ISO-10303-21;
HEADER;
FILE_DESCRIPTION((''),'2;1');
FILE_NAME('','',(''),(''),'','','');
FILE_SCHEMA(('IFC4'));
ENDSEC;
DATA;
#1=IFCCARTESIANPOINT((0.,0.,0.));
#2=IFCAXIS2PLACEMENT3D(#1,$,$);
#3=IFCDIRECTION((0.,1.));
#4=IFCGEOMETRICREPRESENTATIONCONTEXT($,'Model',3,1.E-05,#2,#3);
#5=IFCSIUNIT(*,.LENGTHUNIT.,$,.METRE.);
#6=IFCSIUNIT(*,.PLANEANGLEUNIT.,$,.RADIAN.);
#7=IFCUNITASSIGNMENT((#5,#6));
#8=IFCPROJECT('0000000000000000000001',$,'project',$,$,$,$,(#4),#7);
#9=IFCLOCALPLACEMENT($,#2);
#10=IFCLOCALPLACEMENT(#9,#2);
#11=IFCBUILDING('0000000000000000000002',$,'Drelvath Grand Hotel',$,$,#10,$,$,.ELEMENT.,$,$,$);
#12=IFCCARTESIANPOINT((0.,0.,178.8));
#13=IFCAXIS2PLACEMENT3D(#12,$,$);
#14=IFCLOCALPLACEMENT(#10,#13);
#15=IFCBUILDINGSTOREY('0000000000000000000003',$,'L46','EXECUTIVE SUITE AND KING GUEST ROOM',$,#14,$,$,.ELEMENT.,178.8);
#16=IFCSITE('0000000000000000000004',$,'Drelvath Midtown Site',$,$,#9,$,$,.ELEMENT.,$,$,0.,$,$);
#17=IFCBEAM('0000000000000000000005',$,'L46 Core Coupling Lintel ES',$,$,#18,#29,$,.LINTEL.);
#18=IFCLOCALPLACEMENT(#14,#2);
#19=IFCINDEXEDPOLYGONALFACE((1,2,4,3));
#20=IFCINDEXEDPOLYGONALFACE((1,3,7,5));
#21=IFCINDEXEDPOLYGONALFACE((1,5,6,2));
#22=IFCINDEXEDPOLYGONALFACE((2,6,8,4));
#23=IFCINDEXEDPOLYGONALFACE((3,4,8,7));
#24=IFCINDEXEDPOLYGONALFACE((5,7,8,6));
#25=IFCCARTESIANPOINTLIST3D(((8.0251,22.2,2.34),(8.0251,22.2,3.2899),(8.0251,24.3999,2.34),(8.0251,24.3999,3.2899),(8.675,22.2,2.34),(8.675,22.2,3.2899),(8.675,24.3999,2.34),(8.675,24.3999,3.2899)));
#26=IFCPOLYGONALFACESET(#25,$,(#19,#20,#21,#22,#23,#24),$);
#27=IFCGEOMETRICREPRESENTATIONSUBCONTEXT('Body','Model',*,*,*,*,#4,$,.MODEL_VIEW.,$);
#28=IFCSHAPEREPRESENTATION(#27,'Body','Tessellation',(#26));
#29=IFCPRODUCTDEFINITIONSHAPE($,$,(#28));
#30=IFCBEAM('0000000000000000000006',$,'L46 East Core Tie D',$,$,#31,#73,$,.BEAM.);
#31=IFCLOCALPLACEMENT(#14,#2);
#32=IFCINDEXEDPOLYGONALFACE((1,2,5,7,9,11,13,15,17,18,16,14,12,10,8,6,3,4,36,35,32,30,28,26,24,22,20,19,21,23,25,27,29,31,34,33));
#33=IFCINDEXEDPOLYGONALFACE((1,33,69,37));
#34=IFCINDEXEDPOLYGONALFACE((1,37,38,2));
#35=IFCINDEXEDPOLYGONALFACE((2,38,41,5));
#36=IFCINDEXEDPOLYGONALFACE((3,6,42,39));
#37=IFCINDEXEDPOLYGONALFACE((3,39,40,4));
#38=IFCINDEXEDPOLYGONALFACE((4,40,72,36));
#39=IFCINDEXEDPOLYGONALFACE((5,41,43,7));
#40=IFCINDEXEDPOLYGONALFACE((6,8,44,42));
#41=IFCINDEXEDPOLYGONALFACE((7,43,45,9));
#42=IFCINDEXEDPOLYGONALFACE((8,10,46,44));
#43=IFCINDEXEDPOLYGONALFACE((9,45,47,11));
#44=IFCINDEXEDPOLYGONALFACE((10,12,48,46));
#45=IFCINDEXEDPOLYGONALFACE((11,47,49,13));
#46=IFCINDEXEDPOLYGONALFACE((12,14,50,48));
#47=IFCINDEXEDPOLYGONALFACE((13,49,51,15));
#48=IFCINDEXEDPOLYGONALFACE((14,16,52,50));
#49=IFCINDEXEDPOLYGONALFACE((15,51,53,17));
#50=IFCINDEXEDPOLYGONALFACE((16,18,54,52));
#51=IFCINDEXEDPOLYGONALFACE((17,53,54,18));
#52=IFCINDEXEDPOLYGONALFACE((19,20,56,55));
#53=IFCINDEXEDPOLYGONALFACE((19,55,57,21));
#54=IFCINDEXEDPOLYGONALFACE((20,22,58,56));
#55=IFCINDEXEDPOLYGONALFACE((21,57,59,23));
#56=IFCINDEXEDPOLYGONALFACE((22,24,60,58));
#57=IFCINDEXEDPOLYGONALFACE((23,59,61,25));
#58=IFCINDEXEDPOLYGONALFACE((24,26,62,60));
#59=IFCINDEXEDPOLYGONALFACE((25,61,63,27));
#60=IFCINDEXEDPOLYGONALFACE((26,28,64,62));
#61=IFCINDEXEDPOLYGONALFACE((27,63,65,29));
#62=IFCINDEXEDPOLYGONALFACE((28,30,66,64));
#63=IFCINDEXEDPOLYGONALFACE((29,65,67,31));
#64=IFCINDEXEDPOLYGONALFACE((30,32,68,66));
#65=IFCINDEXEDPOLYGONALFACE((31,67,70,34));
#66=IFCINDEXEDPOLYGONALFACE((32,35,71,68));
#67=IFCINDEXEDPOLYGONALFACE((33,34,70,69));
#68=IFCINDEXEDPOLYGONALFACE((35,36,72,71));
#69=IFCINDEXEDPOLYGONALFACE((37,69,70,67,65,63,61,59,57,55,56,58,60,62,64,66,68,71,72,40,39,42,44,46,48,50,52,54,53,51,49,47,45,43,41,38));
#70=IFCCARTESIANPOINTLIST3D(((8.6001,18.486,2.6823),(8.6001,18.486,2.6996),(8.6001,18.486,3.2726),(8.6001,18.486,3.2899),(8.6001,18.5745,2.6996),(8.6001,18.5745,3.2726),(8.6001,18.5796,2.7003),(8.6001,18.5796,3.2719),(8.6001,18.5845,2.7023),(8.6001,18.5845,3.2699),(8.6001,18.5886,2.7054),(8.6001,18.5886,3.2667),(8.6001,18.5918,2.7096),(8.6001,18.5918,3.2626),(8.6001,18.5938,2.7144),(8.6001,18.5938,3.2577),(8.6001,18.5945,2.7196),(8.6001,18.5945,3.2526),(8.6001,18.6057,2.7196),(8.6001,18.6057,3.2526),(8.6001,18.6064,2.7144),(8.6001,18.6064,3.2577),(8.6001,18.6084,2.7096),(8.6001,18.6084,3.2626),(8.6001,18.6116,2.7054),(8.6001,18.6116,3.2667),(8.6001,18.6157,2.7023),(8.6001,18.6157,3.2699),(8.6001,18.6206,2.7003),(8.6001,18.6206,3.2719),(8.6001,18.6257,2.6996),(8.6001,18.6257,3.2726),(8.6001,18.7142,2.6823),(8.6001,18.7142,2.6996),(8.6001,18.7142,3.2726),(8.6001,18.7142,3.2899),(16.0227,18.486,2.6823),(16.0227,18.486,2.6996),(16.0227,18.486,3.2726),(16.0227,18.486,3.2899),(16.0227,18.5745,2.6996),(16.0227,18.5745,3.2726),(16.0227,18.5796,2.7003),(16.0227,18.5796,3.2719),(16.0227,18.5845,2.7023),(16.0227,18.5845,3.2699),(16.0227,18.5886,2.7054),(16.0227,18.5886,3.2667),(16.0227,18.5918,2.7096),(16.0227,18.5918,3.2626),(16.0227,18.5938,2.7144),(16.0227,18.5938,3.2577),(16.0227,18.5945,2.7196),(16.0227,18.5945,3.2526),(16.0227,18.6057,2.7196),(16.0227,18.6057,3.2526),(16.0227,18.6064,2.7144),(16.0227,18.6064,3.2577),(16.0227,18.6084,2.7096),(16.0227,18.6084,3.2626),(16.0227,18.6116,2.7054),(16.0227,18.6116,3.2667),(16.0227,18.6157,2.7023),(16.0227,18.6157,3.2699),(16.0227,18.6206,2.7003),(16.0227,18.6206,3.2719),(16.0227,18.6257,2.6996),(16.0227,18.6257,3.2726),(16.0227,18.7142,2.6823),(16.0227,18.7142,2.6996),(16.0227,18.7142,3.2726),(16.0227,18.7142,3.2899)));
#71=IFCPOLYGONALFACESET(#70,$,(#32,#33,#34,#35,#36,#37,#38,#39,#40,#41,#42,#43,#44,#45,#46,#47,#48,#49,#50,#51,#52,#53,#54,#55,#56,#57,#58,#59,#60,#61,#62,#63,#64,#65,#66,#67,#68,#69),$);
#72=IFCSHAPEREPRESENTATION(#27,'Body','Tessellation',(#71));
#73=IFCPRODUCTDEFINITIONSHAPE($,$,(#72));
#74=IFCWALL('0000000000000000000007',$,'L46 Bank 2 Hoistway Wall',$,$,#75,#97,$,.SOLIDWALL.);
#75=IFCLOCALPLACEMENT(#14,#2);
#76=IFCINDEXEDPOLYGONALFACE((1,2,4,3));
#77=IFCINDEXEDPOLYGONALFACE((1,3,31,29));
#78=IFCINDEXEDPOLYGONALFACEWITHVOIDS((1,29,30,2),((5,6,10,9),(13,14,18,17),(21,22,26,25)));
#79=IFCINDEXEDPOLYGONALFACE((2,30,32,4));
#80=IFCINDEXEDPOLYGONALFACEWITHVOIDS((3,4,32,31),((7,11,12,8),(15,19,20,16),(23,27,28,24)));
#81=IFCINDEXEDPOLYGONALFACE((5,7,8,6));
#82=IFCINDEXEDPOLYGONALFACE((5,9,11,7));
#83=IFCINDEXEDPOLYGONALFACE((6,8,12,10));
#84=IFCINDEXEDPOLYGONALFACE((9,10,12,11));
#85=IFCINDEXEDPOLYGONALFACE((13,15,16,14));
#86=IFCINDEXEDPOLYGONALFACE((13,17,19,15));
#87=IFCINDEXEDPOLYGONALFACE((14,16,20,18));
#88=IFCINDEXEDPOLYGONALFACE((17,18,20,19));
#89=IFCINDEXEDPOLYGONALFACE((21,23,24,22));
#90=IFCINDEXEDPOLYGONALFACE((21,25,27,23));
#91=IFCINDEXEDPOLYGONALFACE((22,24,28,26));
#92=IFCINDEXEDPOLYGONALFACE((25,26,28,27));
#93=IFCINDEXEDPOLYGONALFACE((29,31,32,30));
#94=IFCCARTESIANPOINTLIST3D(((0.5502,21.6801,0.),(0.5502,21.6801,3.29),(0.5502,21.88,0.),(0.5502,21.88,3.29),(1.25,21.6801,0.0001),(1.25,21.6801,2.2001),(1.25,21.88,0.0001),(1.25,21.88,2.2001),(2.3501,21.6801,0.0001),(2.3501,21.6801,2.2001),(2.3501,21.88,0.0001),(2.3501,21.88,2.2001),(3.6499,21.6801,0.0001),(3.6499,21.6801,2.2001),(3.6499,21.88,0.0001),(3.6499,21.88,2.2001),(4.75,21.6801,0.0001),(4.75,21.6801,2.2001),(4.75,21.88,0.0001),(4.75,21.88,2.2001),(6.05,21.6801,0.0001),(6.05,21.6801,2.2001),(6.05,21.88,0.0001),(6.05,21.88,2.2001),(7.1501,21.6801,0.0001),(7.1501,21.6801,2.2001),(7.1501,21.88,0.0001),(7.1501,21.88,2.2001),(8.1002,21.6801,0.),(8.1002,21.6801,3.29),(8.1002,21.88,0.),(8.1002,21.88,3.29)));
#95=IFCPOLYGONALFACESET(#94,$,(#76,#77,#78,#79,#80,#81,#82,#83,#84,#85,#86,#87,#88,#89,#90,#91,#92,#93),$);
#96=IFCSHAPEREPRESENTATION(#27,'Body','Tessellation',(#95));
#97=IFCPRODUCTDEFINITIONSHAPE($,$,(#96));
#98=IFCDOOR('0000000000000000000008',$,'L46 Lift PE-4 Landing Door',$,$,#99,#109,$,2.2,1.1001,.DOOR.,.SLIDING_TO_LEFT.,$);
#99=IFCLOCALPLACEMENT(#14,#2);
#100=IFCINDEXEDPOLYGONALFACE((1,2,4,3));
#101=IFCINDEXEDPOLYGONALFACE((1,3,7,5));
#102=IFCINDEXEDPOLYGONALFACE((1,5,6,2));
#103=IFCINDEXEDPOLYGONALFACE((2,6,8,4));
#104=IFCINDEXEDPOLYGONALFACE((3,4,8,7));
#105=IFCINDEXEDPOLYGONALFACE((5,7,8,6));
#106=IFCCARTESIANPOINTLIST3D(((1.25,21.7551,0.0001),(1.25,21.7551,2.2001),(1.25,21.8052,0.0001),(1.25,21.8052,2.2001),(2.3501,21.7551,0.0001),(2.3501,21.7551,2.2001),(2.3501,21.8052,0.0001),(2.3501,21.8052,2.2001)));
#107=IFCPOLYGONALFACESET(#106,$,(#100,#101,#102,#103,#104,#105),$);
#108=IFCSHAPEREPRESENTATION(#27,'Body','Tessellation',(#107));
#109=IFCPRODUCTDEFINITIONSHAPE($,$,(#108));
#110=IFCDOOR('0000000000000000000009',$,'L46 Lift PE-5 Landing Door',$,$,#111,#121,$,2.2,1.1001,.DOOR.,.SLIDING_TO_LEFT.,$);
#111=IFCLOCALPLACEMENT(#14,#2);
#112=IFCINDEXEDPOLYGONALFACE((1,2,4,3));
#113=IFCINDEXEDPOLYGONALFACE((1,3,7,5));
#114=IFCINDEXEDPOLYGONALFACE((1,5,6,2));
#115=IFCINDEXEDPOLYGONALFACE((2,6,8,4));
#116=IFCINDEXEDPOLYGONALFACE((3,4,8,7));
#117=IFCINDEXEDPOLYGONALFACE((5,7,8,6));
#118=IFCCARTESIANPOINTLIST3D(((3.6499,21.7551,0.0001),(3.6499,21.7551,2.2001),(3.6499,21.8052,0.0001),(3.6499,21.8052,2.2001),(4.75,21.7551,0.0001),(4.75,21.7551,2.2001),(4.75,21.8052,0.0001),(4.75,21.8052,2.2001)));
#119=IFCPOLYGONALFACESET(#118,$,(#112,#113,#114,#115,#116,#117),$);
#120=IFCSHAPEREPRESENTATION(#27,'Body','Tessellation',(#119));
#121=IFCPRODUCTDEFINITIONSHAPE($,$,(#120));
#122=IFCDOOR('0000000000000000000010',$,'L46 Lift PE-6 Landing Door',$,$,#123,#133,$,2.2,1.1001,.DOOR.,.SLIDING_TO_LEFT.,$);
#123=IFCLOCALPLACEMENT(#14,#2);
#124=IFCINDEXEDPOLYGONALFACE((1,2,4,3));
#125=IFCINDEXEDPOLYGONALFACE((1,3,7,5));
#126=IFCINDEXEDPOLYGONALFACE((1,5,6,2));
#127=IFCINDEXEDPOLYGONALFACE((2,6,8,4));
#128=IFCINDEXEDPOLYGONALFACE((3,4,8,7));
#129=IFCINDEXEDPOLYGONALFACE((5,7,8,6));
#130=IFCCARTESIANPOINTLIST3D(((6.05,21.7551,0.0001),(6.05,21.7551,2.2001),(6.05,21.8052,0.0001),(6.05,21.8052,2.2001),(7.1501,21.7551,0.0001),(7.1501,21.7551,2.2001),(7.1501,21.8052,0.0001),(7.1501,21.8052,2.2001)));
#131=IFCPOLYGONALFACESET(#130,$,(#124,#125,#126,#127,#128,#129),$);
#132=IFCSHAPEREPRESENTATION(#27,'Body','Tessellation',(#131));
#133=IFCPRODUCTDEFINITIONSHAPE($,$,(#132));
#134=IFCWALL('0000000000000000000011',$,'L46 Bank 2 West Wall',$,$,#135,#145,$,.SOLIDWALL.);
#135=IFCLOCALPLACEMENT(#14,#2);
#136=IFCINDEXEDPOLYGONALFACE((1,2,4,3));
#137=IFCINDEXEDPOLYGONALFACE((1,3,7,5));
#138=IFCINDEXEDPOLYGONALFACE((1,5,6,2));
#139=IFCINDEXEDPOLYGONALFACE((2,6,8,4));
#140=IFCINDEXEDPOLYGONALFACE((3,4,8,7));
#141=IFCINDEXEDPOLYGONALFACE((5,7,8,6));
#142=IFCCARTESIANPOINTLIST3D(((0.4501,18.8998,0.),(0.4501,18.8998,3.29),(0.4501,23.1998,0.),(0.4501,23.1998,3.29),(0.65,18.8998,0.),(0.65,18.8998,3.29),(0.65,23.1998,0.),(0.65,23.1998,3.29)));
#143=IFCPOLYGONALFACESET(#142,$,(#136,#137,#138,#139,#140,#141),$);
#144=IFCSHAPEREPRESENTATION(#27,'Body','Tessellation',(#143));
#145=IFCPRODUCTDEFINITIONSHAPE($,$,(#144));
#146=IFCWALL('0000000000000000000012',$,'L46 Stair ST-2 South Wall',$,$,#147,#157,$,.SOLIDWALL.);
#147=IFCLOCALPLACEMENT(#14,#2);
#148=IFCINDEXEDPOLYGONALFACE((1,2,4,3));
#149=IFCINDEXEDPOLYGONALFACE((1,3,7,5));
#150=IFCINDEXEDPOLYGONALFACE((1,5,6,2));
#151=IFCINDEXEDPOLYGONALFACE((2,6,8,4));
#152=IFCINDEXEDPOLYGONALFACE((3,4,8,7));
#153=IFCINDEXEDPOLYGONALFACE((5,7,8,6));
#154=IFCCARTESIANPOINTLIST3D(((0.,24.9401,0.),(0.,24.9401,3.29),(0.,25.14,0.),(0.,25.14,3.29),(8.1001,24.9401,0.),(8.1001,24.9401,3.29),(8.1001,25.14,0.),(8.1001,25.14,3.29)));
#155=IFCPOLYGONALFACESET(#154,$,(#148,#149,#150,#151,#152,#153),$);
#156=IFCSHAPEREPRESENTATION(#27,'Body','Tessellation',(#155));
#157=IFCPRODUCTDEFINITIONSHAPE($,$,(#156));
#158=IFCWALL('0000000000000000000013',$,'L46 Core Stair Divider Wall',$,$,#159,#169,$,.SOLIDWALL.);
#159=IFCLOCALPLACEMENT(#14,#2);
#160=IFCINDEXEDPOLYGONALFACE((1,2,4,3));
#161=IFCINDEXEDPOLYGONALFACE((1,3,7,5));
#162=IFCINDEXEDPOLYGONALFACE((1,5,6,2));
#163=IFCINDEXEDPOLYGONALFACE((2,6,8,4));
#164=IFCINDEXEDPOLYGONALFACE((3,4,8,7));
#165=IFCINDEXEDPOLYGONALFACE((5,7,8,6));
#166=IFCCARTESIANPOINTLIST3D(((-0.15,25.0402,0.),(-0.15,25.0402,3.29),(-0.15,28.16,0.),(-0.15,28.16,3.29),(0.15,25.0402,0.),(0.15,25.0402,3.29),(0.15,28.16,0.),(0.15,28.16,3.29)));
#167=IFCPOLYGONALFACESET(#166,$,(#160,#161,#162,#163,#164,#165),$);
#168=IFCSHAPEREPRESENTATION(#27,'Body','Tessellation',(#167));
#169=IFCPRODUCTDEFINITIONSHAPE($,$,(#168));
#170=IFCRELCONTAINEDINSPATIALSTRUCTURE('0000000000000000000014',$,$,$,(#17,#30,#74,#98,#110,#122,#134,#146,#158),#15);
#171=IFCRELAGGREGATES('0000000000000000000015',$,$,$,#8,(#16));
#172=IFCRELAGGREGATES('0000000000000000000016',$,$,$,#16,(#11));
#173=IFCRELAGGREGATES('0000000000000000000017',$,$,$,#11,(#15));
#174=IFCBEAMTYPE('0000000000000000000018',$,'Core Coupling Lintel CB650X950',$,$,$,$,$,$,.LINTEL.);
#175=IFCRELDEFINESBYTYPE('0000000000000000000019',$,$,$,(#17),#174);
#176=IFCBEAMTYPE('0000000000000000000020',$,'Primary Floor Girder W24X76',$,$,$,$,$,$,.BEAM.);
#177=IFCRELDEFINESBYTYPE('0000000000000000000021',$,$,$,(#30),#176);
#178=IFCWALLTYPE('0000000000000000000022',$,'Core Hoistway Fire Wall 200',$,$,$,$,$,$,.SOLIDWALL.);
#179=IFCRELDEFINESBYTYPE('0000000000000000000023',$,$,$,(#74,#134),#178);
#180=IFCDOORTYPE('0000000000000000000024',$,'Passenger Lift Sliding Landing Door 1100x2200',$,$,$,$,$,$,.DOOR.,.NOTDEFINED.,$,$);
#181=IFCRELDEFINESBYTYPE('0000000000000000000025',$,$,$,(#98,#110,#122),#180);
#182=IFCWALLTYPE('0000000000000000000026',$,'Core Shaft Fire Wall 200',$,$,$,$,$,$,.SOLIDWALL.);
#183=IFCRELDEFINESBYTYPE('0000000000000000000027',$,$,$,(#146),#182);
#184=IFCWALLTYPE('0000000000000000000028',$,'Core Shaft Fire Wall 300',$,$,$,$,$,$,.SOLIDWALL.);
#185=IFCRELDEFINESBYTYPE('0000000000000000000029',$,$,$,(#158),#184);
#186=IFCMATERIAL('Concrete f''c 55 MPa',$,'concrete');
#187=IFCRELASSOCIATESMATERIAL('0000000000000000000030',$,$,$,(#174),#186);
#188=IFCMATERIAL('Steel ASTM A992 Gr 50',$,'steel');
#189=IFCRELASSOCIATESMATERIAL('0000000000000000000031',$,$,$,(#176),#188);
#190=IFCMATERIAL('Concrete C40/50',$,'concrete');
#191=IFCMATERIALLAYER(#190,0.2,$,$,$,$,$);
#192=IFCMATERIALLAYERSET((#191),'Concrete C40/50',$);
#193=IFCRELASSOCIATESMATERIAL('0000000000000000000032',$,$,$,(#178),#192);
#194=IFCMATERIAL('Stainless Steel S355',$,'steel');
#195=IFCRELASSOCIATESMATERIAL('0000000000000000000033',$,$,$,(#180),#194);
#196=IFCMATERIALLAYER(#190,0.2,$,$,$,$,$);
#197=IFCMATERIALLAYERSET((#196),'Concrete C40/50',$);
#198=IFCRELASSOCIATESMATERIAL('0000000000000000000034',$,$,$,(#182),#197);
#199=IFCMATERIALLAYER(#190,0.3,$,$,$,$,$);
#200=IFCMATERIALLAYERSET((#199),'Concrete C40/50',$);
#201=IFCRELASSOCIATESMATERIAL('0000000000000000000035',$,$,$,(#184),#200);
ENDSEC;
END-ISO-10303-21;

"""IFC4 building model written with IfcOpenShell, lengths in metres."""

from ifc_helpers import new_model, si_unit, direction, frame, frame_2d, origin, origin_2d, place, context, subcontext, project, spatial, rectangle, i_section, extrude, material, layer, layer_set, material_profile, profile_set, type_object, element, fill, save


model = new_model("IFC4")

# Units and contexts
model_context = context("Model", 3, precision=1e-05, world=origin(), true_north=direction((0.0, 1.0)))
body_context = subcontext(model_context, "Body", "Model", "MODEL_VIEW")
ifc_project = project(units=[si_unit("LENGTHUNIT", "METRE"), si_unit("PLANEANGLEUNIT", "RADIAN")], contexts=[model_context])

# Site, building, storey
site_placement = place(None, origin())
site = spatial("IfcSite", under=ifc_project, at=site_placement, Name="Drelvath Midtown Site", CompositionType="ELEMENT", RefElevation=0.0)
building_placement = place(site_placement, origin())
building = spatial("IfcBuilding", under=site, at=building_placement, Name="Drelvath Grand Hotel", CompositionType="ELEMENT")
storey_placement = place(building_placement, frame((0.0, 0.0, 178.8)))
storey = spatial("IfcBuildingStorey", under=building, at=storey_placement, Name="L46", Description="EXECUTIVE SUITE AND KING GUEST ROOM", CompositionType="ELEMENT", Elevation=178.8)

# Beams
ifc_material_1 = material(Name="Concrete f'c 55 MPa", Category="concrete")
ifc_material_profile_1 = material_profile(ifc_material_1, rectangle(XDim=0.6499, YDim=0.95, at=origin_2d()), Name="CB650X950")
ifc_profile_set_1 = profile_set([ifc_material_profile_1], Name="Concrete f'c 55 MPa")
beam_type_1 = type_object("IfcBeamType", Name="Core Coupling Lintel CB650X950", PredefinedType="LINTEL", material=ifc_profile_set_1)
beam_1_placement = place(storey_placement, frame((8.3501, 22.2, 2.8149), z_axis=(0.0, 1.0, 0.0), x_axis=(-1.0, 0.0, 0.0)))
element("IfcBeam", 1, at=beam_1_placement, inside=storey, type_object=beam_type_1, Name="L46 Core Coupling Lintel ES", PredefinedType="LINTEL", context=body_context, shape_type="SweptSolid", body=[
    extrude(rectangle(XDim=0.6499, YDim=0.95, at=origin_2d()), origin(), (0.0, 0.0, 1.0), 2.2),
])
ifc_material_2 = material(Name="Steel ASTM A992 Gr 50", Category="steel")
ifc_material_profile_2 = material_profile(ifc_material_2, i_section(OverallWidth=0.2283, OverallDepth=0.6077, WebThickness=0.0112, FlangeThickness=0.0173, FilletRadius=0.02, at=origin_2d()), Name="W24X76")
ifc_profile_set_2 = profile_set([ifc_material_profile_2], Name="Steel ASTM A992 Gr 50")
beam_type_2 = type_object("IfcBeamType", Name="Primary Floor Girder W24X76", PredefinedType="BEAM", material=ifc_profile_set_2)
beam_2_placement = place(storey_placement, frame((8.6001, 18.6001, 2.9861), z_axis=(1.0, 0.0, 0.0), x_axis=(0.0, 1.0, 0.0)))
element("IfcBeam", 2, at=beam_2_placement, inside=storey, type_object=beam_type_2, Name="L46 East Core Tie D", PredefinedType="BEAM", context=body_context, shape_type="SweptSolid", body=[
    extrude(i_section(OverallWidth=0.2283, OverallDepth=0.6077, WebThickness=0.0112, FlangeThickness=0.0173, FilletRadius=0.02, at=origin_2d()), origin(), (0.0, 0.0, 1.0), 7.4226),
])

# Wall, openings, doors
ifc_material_3 = material(Name="Concrete C40/50", Category="concrete")
ifc_layer_1 = layer(ifc_material_3, 0.2)
ifc_layer_set_1 = layer_set([ifc_layer_1], Name="Concrete C40/50")
wall_type_1 = type_object("IfcWallType", Name="Core Hoistway Fire Wall 200", PredefinedType="SOLIDWALL", material=ifc_layer_set_1)
wall_1_placement = place(storey_placement, frame((8.1001, 21.78, 0.0), z_axis=(0.0, 0.0, 1.0), x_axis=(-1.0, 0.0, 0.0)))
wall_1 = element("IfcWall", 3, at=wall_1_placement, inside=storey, type_object=wall_type_1, Name="L46 Bank 2 Hoistway Wall", PredefinedType="SOLIDWALL", context=body_context, shape_type="SweptSolid", body=[
    extrude(rectangle(XDim=7.55, YDim=0.2, at=frame_2d((3.7749, 0.0))), origin(), (0.0, 0.0, 1.0), 3.29),
])
opening_1_placement = place(wall_1_placement, frame((5.75, 0.0, 0.0)))
opening_1 = element("IfcOpeningElement", 4, at=opening_1_placement, cuts=wall_1, PredefinedType="OPENING", context=body_context, shape_type="SweptSolid", body=[
    extrude(rectangle(XDim=1.1001, YDim=2.2, at=frame_2d((0.55, 1.1001))), frame((0.0, 0.1099, 0.0), z_axis=(0.0, -1.0, 0.0), x_axis=(1.0, 0.0, 0.0)), (0.0, 0.0, 1.0), 0.22),
])
opening_2_placement = place(wall_1_placement, frame((3.3501, 0.0, 0.0)))
opening_2 = element("IfcOpeningElement", 5, at=opening_2_placement, cuts=wall_1, PredefinedType="OPENING", context=body_context, shape_type="SweptSolid", body=[
    extrude(rectangle(XDim=1.1001, YDim=2.2, at=frame_2d((0.55, 1.1001))), frame((0.0, 0.1099, 0.0), z_axis=(0.0, -1.0, 0.0), x_axis=(1.0, 0.0, 0.0)), (0.0, 0.0, 1.0), 0.22),
])
opening_3_placement = place(wall_1_placement, frame((0.95, 0.0, 0.0)))
opening_3 = element("IfcOpeningElement", 6, at=opening_3_placement, cuts=wall_1, PredefinedType="OPENING", context=body_context, shape_type="SweptSolid", body=[
    extrude(rectangle(XDim=1.1001, YDim=2.2, at=frame_2d((0.55, 1.1001))), frame((0.0, 0.1099, 0.0), z_axis=(0.0, -1.0, 0.0), x_axis=(1.0, 0.0, 0.0)), (0.0, 0.0, 1.0), 0.22),
])
ifc_material_4 = material(Name="Stainless Steel S355", Category="steel")
door_type = type_object("IfcDoorType", Name="Passenger Lift Sliding Landing Door 1100x2200", OperationType="NOTDEFINED", PredefinedType="DOOR", material=ifc_material_4)
door_1_placement = place(opening_1_placement, origin())
door_1 = element("IfcDoor", 7, at=door_1_placement, inside=storey, type_object=door_type, Name="L46 Lift PE-4 Landing Door", OperationType="SLIDING_TO_LEFT", OverallHeight=2.2, OverallWidth=1.1001, PredefinedType="DOOR", context=body_context, shape_type="SweptSolid", body=[
    extrude(rectangle(XDim=1.1001, YDim=2.2, at=frame_2d((0.55, 1.1001))), frame((0.0, 0.0249, 0.0), z_axis=(0.0, -1.0, 0.0), x_axis=(1.0, 0.0, 0.0)), (0.0, 0.0, 1.0), 0.05),
])
fill(opening_1, door_1)
door_2_placement = place(opening_2_placement, origin())
door_2 = element("IfcDoor", 8, at=door_2_placement, inside=storey, type_object=door_type, Name="L46 Lift PE-5 Landing Door", OperationType="SLIDING_TO_LEFT", OverallHeight=2.2, OverallWidth=1.1001, PredefinedType="DOOR", context=body_context, shape_type="SweptSolid", body=[
    extrude(rectangle(XDim=1.1001, YDim=2.2, at=frame_2d((0.55, 1.1001))), frame((0.0, 0.0249, 0.0), z_axis=(0.0, -1.0, 0.0), x_axis=(1.0, 0.0, 0.0)), (0.0, 0.0, 1.0), 0.05),
])
fill(opening_2, door_2)
door_3_placement = place(opening_3_placement, origin())
door_3 = element("IfcDoor", 9, at=door_3_placement, inside=storey, type_object=door_type, Name="L46 Lift PE-6 Landing Door", OperationType="SLIDING_TO_LEFT", OverallHeight=2.2, OverallWidth=1.1001, PredefinedType="DOOR", context=body_context, shape_type="SweptSolid", body=[
    extrude(rectangle(XDim=1.1001, YDim=2.2, at=frame_2d((0.55, 1.1001))), frame((0.0, 0.0249, 0.0), z_axis=(0.0, -1.0, 0.0), x_axis=(1.0, 0.0, 0.0)), (0.0, 0.0, 1.0), 0.05),
])
fill(opening_3, door_3)

# Walls
wall_2_placement = place(storey_placement, frame((0.55, 18.8999, 0.0), z_axis=(0.0, 0.0, 1.0), x_axis=(0.0, 1.0, 0.0)))
element("IfcWall", 10, at=wall_2_placement, inside=storey, type_object=wall_type_1, Name="L46 Bank 2 West Wall", PredefinedType="SOLIDWALL", context=body_context, shape_type="SweptSolid", body=[
    extrude(rectangle(XDim=4.3, YDim=0.2, at=frame_2d((2.1499, 0.0))), origin(), (0.0, 0.0, 1.0), 3.29),
])
ifc_layer_2 = layer(ifc_material_3, 0.2)
ifc_layer_set_2 = layer_set([ifc_layer_2], Name="Concrete C40/50")
wall_type_2 = type_object("IfcWallType", Name="Core Shaft Fire Wall 200", PredefinedType="SOLIDWALL", material=ifc_layer_set_2)
wall_3_placement = place(storey_placement, frame((0.0, 25.04, 0.0), z_axis=(0.0, 0.0, 1.0), x_axis=(1.0, 0.0, 0.0)))
element("IfcWall", 11, at=wall_3_placement, inside=storey, type_object=wall_type_2, Name="L46 Stair ST-2 South Wall", PredefinedType="SOLIDWALL", context=body_context, shape_type="SweptSolid", body=[
    extrude(rectangle(XDim=8.1001, YDim=0.2, at=frame_2d((4.05, 0.0))), origin(), (0.0, 0.0, 1.0), 3.29),
])
ifc_layer_3 = layer(ifc_material_3, 0.3)
ifc_layer_set_3 = layer_set([ifc_layer_3], Name="Concrete C40/50")
wall_type_3 = type_object("IfcWallType", Name="Core Shaft Fire Wall 300", PredefinedType="SOLIDWALL", material=ifc_layer_set_3)
wall_4_placement = place(storey_placement, frame((0.0, 25.04, 0.0), z_axis=(0.0, 0.0, 1.0), x_axis=(0.0, 1.0, 0.0)))
element("IfcWall", 12, at=wall_4_placement, inside=storey, type_object=wall_type_3, Name="L46 Core Stair Divider Wall", PredefinedType="SOLIDWALL", context=body_context, shape_type="SweptSolid", body=[
    extrude(rectangle(XDim=3.1199, YDim=0.3, at=frame_2d((1.5601, 0.0))), origin(), (0.0, 0.0, 1.0), 3.29),
])

save(model, "model.ifc")
